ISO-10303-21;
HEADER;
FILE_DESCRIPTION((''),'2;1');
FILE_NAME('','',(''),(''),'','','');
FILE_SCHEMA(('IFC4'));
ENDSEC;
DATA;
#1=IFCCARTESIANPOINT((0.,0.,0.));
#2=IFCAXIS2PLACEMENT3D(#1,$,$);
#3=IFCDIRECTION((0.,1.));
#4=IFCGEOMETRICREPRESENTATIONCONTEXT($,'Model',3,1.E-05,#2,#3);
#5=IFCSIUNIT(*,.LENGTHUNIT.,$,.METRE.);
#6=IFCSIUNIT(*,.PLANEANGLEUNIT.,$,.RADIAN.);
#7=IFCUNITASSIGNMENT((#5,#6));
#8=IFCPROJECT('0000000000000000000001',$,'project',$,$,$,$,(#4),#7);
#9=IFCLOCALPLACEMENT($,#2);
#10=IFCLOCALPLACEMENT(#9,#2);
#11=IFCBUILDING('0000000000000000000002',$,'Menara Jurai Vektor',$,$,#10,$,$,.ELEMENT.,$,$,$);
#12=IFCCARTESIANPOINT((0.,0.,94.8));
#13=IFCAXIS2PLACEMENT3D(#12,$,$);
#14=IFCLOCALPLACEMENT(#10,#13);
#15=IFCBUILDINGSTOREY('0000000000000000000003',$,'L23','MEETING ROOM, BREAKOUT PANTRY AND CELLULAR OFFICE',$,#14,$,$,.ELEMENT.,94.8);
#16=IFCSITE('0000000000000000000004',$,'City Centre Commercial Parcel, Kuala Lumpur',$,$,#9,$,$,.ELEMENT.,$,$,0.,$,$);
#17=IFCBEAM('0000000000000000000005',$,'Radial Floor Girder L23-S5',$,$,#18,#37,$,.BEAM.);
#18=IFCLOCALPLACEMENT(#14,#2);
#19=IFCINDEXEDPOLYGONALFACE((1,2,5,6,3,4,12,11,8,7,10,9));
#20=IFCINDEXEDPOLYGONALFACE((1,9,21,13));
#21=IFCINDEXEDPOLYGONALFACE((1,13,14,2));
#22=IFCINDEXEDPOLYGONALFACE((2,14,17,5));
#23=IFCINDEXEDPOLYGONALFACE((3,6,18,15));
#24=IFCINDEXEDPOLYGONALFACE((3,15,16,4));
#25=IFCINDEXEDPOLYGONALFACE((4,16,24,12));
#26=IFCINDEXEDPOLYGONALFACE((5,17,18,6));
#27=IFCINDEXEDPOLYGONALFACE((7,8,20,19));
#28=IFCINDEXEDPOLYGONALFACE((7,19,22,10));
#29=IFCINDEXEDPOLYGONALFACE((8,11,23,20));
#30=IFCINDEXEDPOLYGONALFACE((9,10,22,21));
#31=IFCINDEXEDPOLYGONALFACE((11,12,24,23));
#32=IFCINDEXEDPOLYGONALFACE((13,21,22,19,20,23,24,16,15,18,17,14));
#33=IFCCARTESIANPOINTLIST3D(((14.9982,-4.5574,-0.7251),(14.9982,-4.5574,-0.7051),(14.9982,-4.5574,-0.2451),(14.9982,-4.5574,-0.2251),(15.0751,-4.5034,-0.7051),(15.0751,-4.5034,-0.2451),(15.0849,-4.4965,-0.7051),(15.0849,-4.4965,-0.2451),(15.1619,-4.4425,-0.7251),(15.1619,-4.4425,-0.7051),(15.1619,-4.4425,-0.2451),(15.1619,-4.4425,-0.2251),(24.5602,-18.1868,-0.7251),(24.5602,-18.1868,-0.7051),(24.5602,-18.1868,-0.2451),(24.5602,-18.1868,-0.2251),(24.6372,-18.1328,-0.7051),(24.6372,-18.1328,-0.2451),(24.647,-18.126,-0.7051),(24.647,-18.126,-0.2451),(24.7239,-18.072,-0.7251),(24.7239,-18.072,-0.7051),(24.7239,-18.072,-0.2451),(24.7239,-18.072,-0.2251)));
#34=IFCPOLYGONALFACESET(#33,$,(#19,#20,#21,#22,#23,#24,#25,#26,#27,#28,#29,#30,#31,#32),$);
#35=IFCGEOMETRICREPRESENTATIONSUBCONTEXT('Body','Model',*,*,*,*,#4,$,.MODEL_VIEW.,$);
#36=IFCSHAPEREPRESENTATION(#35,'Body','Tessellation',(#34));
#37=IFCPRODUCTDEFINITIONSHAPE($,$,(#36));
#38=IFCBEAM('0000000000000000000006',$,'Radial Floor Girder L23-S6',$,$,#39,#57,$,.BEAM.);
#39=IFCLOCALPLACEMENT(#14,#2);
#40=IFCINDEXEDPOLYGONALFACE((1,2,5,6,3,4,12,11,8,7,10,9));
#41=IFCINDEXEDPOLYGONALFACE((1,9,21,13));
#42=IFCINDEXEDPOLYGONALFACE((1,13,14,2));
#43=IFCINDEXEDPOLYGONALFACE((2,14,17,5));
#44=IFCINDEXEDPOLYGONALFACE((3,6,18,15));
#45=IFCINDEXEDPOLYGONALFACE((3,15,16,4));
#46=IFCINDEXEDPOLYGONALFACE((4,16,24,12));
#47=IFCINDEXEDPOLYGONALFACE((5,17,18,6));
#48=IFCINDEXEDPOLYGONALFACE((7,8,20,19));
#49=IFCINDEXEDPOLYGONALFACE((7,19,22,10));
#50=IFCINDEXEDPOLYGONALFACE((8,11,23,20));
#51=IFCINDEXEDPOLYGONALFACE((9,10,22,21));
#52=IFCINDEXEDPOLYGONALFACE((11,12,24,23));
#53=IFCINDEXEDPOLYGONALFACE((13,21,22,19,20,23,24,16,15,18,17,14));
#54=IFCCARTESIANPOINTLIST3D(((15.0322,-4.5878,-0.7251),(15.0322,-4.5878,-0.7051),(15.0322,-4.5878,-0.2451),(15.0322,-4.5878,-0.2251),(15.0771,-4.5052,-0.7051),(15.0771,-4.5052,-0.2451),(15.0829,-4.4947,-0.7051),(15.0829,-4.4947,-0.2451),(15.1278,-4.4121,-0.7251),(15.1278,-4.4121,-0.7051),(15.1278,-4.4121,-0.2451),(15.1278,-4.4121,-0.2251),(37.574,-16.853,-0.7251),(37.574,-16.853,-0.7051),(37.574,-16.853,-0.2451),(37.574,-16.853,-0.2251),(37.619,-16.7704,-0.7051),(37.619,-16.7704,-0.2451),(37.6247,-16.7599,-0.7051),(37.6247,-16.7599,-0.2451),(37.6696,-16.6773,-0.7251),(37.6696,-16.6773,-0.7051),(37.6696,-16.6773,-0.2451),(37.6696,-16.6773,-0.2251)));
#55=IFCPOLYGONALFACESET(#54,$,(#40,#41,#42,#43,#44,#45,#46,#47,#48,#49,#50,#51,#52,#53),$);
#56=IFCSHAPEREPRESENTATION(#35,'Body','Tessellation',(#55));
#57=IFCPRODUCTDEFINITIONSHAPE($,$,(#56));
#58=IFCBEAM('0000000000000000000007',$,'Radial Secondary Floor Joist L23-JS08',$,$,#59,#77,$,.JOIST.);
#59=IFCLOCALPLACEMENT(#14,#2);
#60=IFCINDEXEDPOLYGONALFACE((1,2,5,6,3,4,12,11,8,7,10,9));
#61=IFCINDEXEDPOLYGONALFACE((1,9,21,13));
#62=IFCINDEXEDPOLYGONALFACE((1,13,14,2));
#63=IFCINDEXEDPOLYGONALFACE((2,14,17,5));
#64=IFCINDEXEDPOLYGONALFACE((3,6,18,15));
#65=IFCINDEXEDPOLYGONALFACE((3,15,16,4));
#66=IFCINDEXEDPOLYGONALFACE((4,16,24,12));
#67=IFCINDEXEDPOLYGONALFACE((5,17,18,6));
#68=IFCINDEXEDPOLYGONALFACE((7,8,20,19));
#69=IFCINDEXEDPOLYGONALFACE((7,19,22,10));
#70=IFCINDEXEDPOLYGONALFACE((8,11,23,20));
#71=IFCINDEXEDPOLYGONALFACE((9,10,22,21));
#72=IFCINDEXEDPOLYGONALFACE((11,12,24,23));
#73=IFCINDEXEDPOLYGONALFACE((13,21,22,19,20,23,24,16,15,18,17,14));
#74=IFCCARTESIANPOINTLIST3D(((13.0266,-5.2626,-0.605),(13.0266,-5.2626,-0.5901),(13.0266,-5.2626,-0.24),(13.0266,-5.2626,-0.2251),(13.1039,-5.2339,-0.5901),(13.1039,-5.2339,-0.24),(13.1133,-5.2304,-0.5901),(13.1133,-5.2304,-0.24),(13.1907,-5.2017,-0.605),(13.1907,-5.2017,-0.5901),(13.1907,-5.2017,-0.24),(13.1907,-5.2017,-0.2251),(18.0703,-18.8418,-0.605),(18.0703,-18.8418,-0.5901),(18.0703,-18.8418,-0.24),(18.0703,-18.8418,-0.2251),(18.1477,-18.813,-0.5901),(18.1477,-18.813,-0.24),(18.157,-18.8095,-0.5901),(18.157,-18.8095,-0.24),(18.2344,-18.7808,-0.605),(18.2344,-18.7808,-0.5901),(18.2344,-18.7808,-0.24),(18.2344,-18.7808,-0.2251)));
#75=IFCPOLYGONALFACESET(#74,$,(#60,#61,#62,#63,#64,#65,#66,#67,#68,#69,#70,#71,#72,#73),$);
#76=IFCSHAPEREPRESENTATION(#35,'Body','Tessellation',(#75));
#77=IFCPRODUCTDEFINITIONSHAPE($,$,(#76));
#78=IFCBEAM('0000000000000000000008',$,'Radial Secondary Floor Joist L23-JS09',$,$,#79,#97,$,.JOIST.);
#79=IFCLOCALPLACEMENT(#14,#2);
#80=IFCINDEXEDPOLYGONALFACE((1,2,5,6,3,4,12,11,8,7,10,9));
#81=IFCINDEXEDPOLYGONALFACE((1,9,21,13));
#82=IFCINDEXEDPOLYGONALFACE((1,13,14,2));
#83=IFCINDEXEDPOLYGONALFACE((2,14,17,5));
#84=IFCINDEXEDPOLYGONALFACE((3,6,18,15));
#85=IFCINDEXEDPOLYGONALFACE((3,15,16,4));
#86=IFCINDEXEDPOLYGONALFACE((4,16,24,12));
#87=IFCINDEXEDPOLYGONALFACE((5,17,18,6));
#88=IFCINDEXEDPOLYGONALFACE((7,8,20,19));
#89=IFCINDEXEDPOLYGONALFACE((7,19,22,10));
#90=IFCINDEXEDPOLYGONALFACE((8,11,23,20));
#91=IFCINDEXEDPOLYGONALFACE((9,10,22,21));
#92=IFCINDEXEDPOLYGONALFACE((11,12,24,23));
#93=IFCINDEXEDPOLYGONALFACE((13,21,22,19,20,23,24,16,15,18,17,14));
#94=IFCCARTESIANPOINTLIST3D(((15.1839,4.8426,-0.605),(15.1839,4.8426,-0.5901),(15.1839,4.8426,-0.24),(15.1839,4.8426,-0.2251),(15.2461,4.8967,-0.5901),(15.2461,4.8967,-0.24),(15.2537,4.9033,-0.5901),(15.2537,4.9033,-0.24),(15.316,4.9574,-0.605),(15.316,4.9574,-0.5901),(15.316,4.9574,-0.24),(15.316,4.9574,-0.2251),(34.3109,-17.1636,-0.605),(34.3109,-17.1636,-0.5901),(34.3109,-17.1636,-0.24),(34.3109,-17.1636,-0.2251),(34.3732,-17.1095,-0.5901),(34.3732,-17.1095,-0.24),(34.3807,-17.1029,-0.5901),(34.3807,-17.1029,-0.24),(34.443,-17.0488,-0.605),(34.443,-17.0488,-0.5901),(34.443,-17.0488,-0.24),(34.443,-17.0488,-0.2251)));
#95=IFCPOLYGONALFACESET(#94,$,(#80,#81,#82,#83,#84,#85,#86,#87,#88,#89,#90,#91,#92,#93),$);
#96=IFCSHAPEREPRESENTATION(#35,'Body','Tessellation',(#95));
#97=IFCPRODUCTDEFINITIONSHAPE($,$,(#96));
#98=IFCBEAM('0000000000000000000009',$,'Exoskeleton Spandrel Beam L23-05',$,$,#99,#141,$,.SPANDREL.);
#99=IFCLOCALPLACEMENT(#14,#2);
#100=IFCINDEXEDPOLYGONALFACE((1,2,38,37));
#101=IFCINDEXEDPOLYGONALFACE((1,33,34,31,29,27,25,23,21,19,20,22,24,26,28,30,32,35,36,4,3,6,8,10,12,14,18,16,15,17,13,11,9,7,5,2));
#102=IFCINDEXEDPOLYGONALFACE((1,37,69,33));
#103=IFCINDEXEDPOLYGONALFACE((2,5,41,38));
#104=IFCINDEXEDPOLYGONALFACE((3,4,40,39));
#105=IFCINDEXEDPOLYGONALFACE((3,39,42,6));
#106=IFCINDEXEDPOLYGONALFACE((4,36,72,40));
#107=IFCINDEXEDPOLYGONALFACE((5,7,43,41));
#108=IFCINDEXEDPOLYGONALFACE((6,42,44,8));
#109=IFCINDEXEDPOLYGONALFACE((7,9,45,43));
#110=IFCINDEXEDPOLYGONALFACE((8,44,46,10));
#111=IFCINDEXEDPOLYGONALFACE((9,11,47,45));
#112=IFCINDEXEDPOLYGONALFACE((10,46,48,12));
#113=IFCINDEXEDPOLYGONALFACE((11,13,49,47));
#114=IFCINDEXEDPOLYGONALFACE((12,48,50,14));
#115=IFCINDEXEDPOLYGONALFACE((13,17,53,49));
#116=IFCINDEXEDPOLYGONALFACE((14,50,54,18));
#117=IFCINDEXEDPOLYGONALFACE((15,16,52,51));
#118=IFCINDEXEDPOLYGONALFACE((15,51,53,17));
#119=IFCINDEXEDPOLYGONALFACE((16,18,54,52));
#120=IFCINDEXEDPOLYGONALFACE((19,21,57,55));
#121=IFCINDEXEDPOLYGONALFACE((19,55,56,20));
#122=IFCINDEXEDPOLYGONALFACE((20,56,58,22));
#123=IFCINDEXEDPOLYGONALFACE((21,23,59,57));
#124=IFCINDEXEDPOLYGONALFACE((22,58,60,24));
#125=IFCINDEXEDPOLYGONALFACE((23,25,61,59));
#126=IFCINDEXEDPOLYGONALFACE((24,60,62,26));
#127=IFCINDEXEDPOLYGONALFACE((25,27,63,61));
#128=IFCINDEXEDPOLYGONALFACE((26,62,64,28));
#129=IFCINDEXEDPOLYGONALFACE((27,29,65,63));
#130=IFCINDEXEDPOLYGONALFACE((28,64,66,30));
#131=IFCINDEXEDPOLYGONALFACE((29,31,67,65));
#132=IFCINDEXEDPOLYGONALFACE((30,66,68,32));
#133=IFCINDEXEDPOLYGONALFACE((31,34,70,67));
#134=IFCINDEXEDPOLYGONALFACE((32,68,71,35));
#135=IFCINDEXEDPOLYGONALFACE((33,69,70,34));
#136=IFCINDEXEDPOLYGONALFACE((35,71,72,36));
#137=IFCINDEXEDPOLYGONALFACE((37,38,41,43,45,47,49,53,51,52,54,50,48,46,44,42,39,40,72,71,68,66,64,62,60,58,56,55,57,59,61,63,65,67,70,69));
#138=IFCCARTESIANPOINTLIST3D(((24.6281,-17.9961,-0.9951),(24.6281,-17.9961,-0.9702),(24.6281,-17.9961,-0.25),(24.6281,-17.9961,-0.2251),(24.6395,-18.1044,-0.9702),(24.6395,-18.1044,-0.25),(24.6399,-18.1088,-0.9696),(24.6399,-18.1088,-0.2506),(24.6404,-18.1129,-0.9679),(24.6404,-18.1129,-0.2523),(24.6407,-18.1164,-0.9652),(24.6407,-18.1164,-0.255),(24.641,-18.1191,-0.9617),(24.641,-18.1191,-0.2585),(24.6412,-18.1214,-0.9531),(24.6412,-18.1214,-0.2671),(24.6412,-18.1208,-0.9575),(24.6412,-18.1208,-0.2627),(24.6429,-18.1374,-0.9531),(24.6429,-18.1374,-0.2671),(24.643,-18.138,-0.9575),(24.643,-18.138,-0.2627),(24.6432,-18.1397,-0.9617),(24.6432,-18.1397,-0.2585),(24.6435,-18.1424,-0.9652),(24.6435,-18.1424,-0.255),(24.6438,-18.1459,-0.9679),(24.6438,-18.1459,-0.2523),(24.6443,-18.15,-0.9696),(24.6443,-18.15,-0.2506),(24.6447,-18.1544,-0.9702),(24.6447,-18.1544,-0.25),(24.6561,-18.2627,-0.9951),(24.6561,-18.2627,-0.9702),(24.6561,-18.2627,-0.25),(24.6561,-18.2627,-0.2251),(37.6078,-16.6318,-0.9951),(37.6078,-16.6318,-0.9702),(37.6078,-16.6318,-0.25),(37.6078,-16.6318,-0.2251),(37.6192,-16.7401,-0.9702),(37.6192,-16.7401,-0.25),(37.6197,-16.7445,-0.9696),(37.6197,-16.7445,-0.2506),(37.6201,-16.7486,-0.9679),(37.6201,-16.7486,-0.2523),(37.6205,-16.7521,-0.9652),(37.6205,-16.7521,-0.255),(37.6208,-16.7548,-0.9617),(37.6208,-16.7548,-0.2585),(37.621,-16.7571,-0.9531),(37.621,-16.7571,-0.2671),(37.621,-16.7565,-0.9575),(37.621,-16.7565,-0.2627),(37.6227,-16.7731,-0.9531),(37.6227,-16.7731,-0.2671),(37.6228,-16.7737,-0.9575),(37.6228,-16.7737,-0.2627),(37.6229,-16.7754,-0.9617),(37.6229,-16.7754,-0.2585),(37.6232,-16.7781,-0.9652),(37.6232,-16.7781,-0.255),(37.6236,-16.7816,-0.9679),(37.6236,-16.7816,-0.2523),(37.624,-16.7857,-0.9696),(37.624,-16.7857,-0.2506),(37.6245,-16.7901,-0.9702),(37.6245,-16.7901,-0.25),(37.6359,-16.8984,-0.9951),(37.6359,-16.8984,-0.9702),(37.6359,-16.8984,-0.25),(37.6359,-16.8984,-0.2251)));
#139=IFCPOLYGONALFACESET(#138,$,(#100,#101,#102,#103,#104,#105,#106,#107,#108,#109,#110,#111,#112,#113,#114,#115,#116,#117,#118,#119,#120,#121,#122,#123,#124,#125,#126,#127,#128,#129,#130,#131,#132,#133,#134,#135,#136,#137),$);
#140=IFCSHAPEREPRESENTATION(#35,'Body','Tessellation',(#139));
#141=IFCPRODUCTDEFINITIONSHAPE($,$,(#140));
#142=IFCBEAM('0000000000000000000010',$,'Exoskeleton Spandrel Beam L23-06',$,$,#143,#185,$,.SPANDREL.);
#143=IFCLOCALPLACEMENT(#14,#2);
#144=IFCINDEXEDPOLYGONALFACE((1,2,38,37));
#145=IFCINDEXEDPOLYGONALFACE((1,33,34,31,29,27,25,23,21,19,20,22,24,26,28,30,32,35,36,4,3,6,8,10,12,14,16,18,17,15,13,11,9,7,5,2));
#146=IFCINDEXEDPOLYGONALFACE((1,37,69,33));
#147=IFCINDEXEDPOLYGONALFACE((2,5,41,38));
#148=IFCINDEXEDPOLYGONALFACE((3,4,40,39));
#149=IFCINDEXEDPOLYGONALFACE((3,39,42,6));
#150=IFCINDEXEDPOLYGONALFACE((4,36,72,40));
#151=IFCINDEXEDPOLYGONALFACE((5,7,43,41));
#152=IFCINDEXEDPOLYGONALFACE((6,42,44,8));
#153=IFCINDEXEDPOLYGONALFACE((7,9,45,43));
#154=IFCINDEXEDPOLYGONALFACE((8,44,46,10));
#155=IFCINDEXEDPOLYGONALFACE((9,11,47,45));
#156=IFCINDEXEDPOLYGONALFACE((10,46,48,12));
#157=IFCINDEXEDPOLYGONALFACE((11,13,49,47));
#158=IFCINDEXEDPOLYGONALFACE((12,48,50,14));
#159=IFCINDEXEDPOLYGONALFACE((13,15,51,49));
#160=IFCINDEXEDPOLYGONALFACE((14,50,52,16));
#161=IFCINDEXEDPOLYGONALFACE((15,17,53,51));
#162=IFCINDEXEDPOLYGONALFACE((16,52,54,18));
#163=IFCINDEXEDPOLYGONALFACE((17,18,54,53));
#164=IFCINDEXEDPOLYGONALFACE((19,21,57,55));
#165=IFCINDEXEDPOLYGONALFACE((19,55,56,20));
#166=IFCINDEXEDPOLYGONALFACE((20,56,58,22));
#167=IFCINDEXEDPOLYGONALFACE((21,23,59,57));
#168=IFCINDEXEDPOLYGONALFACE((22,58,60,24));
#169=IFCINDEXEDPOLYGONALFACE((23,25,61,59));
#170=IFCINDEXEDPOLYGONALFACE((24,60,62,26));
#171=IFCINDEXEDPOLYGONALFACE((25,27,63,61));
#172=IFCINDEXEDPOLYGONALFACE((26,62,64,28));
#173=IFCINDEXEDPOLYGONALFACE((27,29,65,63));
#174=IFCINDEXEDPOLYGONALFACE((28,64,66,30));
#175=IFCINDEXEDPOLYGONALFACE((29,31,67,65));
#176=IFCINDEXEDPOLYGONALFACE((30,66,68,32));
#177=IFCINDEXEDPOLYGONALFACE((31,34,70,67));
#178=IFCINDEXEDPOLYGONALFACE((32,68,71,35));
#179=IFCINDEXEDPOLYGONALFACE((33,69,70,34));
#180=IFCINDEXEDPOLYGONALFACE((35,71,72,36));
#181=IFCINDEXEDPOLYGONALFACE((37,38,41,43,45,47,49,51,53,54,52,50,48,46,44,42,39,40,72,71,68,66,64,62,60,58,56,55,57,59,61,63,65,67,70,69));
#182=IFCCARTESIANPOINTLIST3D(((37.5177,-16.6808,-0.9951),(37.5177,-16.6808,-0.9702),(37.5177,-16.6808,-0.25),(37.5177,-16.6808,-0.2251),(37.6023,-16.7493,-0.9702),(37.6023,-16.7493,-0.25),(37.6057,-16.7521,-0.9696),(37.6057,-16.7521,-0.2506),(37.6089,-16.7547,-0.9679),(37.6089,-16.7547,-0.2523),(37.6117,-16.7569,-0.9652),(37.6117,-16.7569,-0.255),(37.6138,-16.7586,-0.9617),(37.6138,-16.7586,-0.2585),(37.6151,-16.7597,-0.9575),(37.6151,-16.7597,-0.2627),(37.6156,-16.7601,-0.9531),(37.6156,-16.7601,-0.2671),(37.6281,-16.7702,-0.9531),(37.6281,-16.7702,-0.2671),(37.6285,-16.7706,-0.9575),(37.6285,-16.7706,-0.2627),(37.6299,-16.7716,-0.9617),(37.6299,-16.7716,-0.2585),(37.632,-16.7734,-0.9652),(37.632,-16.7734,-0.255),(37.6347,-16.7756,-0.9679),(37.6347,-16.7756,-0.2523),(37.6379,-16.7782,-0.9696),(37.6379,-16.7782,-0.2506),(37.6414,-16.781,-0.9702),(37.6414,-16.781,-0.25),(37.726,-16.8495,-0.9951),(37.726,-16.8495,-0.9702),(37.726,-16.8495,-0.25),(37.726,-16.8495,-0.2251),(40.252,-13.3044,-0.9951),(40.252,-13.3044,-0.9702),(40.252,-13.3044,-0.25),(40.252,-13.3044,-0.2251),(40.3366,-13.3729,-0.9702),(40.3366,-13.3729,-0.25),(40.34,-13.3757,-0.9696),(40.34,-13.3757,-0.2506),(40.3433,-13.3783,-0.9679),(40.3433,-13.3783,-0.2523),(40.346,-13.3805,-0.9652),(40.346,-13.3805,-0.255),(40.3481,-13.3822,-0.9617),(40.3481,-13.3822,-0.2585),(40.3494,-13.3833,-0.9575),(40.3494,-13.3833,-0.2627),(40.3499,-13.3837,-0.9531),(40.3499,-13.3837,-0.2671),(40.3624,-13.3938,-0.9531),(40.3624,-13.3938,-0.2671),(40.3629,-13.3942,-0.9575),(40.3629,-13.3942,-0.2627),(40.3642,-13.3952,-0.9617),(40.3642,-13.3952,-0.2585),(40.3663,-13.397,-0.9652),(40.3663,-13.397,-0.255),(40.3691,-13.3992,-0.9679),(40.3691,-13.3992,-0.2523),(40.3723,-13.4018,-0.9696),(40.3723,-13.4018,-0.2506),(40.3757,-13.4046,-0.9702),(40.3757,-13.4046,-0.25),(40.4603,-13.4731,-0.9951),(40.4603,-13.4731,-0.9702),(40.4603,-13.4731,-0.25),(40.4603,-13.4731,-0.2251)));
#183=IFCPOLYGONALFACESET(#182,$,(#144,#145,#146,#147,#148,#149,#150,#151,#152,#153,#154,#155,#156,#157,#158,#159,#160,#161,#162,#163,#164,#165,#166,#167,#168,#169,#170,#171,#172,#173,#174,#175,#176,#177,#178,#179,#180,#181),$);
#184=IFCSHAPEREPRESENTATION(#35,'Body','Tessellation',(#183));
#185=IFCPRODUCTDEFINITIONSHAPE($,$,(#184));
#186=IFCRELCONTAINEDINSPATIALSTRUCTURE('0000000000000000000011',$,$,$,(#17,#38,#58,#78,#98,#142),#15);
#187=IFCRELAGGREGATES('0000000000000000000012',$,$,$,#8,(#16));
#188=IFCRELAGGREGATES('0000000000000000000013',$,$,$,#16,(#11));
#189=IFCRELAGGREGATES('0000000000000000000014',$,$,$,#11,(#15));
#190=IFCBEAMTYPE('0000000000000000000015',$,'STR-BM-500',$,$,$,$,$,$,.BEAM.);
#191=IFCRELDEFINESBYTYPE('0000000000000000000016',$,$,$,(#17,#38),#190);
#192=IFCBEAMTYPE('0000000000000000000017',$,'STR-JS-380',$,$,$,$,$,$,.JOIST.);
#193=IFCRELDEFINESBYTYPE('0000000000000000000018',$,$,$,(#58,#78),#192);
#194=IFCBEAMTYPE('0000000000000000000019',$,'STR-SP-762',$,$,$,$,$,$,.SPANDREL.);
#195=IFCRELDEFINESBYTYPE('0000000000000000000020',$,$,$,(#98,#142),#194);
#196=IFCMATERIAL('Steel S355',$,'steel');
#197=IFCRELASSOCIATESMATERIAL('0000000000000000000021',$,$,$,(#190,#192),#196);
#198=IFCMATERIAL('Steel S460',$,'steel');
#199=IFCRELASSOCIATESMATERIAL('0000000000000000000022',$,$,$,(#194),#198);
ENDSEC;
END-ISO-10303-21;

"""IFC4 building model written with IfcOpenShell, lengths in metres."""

from ifc_helpers import new_model, si_unit, direction, frame, origin, origin_2d, place, context, subcontext, project, spatial, i_section, extrude, material, material_profile, profile_set, type_object, element, save


model = new_model("IFC4")

# Units and contexts
model_context = context("Model", 3, precision=1e-05, world=origin(), true_north=direction((0.0, 1.0)))
body_context = subcontext(model_context, "Body", "Model", "MODEL_VIEW")
ifc_project = project(units=[si_unit("LENGTHUNIT", "METRE"), si_unit("PLANEANGLEUNIT", "RADIAN")], contexts=[model_context])

# Site, building, storey
site_placement = place(None, origin())
site = spatial("IfcSite", under=ifc_project, at=site_placement, Name="City Centre Commercial Parcel, Kuala Lumpur", CompositionType="ELEMENT", RefElevation=0.0)
building_placement = place(site_placement, origin())
building = spatial("IfcBuilding", under=site, at=building_placement, Name="Menara Jurai Vektor", CompositionType="ELEMENT")
storey_placement = place(building_placement, frame((0.0, 0.0, 94.8)))
storey = spatial("IfcBuildingStorey", under=building, at=storey_placement, Name="L23", Description="MEETING ROOM, BREAKOUT PANTRY AND CELLULAR OFFICE", CompositionType="ELEMENT", Elevation=94.8)

# Shared definitions
ifc_material_1 = material(Name="Steel S460", Category="steel")

# Beams
ifc_material_2 = material(Name="Steel S355", Category="steel")
ifc_material_profile_1 = material_profile(ifc_material_2, i_section(OverallWidth=0.2, OverallDepth=0.5, WebThickness=0.012, FlangeThickness=0.02, at=origin_2d()), Name="PG 500x200x96")
ifc_profile_set_1 = profile_set([ifc_material_profile_1], Name="Steel S355")
beam_type_1 = type_object("IfcBeamType", Name="STR-BM-500", PredefinedType="BEAM", material=ifc_profile_set_1)
beam_1_placement = place(storey_placement, frame((24.6421, -18.1294, -0.4751), z_axis=(-0.574326, 0.818627, 0.0), x_axis=(-0.818627, -0.574326, 0.0)))
element("IfcBeam", 1, at=beam_1_placement, inside=storey, type_object=beam_type_1, Name="Radial Floor Girder L23-S5", PredefinedType="BEAM", context=body_context, shape_type="SweptSolid", body=[
    extrude(i_section(OverallWidth=0.2, OverallDepth=0.5, WebThickness=0.012, FlangeThickness=0.02, at=origin_2d()), origin(), (0.0, 0.0, 1.0), 16.6492),
])
beam_2_placement = place(storey_placement, frame((37.6218, -16.7651, -0.4751), z_axis=(-0.878392, 0.47794, 0.0), x_axis=(-0.47794, -0.878392, 0.0)))
element("IfcBeam", 2, at=beam_2_placement, inside=storey, type_object=beam_type_1, Name="Radial Floor Girder L23-S6", PredefinedType="BEAM", context=body_context, shape_type="SweptSolid", body=[
    extrude(i_section(OverallWidth=0.2, OverallDepth=0.5, WebThickness=0.012, FlangeThickness=0.02, at=origin_2d()), origin(), (0.0, 0.0, 1.0), 25.6626),
])
ifc_material_profile_2 = material_profile(ifc_material_2, i_section(OverallWidth=0.175, OverallDepth=0.3799, WebThickness=0.01, FlangeThickness=0.0149, at=origin_2d()), Name="PG 380x175x58")
ifc_profile_set_2 = profile_set([ifc_material_profile_2], Name="Steel S355")
beam_type_2 = type_object("IfcBeamType", Name="STR-JS-380", PredefinedType="JOIST", material=ifc_profile_set_2)
beam_3_placement = place(storey_placement, frame((18.1523, -18.8113, -0.415), z_axis=(-0.348189, 0.937424, 0.0), x_axis=(-0.937424, -0.348189, 0.0)))
element("IfcBeam", 3, at=beam_3_placement, inside=storey, type_object=beam_type_2, Name="Radial Secondary Floor Joist L23-JS08", PredefinedType="JOIST", context=body_context, shape_type="SweptSolid", body=[
    extrude(i_section(OverallWidth=0.175, OverallDepth=0.3799, WebThickness=0.01, FlangeThickness=0.0149, at=origin_2d()), origin(), (0.0, 0.0, 1.0), 14.4856),
])
beam_4_placement = place(storey_placement, frame((34.377, -17.1062, -0.415), z_axis=(-0.656007, 0.754755, 0.0), x_axis=(-0.754755, -0.656007, 0.0)))
element("IfcBeam", 4, at=beam_4_placement, inside=storey, type_object=beam_type_2, Name="Radial Secondary Floor Joist L23-JS09", PredefinedType="JOIST", context=body_context, shape_type="SweptSolid", body=[
    extrude(i_section(OverallWidth=0.175, OverallDepth=0.3799, WebThickness=0.01, FlangeThickness=0.0149, at=origin_2d()), origin(), (0.0, 0.0, 1.0), 29.1567),
])
ifc_material_profile_3 = material_profile(ifc_material_1, i_section(OverallWidth=0.2681, OverallDepth=0.77, WebThickness=0.0161, FlangeThickness=0.0249, FilletRadius=0.0171, at=origin_2d()), Name="UKB 762x267x197")
ifc_profile_set_3 = profile_set([ifc_material_profile_3], Name="Steel S460")
beam_type_3 = type_object("IfcBeamType", Name="STR-SP-762", PredefinedType="SPANDREL", material=ifc_profile_set_3)
beam_5_placement = place(storey_placement, frame((24.6421, -18.1294, -0.6101), z_axis=(0.994522, 0.104531, 0.0), x_axis=(-0.104531, 0.994522, 0.0)))
element("IfcBeam", 5, at=beam_5_placement, inside=storey, type_object=beam_type_3, Name="Exoskeleton Spandrel Beam L23-05", PredefinedType="SPANDREL", context=body_context, shape_type="SweptSolid", body=[
    extrude(i_section(OverallWidth=0.2681, OverallDepth=0.77, WebThickness=0.0161, FlangeThickness=0.0249, FilletRadius=0.0171, at=origin_2d()), origin(), (0.0, 0.0, 1.0), 13.0513),
])
beam_6_placement = place(storey_placement, frame((37.6218, -16.7651, -0.6101), z_axis=(0.629344, 0.777127, 0.0), x_axis=(-0.777127, 0.629344, 0.0)))
element("IfcBeam", 6, at=beam_6_placement, inside=storey, type_object=beam_type_3, Name="Exoskeleton Spandrel Beam L23-06", PredefinedType="SPANDREL", context=body_context, shape_type="SweptSolid", body=[
    extrude(i_section(OverallWidth=0.2681, OverallDepth=0.77, WebThickness=0.0161, FlangeThickness=0.0249, FilletRadius=0.0171, at=origin_2d()), origin(), (0.0, 0.0, 1.0), 4.3447),
])

save(model, "model.ifc")
